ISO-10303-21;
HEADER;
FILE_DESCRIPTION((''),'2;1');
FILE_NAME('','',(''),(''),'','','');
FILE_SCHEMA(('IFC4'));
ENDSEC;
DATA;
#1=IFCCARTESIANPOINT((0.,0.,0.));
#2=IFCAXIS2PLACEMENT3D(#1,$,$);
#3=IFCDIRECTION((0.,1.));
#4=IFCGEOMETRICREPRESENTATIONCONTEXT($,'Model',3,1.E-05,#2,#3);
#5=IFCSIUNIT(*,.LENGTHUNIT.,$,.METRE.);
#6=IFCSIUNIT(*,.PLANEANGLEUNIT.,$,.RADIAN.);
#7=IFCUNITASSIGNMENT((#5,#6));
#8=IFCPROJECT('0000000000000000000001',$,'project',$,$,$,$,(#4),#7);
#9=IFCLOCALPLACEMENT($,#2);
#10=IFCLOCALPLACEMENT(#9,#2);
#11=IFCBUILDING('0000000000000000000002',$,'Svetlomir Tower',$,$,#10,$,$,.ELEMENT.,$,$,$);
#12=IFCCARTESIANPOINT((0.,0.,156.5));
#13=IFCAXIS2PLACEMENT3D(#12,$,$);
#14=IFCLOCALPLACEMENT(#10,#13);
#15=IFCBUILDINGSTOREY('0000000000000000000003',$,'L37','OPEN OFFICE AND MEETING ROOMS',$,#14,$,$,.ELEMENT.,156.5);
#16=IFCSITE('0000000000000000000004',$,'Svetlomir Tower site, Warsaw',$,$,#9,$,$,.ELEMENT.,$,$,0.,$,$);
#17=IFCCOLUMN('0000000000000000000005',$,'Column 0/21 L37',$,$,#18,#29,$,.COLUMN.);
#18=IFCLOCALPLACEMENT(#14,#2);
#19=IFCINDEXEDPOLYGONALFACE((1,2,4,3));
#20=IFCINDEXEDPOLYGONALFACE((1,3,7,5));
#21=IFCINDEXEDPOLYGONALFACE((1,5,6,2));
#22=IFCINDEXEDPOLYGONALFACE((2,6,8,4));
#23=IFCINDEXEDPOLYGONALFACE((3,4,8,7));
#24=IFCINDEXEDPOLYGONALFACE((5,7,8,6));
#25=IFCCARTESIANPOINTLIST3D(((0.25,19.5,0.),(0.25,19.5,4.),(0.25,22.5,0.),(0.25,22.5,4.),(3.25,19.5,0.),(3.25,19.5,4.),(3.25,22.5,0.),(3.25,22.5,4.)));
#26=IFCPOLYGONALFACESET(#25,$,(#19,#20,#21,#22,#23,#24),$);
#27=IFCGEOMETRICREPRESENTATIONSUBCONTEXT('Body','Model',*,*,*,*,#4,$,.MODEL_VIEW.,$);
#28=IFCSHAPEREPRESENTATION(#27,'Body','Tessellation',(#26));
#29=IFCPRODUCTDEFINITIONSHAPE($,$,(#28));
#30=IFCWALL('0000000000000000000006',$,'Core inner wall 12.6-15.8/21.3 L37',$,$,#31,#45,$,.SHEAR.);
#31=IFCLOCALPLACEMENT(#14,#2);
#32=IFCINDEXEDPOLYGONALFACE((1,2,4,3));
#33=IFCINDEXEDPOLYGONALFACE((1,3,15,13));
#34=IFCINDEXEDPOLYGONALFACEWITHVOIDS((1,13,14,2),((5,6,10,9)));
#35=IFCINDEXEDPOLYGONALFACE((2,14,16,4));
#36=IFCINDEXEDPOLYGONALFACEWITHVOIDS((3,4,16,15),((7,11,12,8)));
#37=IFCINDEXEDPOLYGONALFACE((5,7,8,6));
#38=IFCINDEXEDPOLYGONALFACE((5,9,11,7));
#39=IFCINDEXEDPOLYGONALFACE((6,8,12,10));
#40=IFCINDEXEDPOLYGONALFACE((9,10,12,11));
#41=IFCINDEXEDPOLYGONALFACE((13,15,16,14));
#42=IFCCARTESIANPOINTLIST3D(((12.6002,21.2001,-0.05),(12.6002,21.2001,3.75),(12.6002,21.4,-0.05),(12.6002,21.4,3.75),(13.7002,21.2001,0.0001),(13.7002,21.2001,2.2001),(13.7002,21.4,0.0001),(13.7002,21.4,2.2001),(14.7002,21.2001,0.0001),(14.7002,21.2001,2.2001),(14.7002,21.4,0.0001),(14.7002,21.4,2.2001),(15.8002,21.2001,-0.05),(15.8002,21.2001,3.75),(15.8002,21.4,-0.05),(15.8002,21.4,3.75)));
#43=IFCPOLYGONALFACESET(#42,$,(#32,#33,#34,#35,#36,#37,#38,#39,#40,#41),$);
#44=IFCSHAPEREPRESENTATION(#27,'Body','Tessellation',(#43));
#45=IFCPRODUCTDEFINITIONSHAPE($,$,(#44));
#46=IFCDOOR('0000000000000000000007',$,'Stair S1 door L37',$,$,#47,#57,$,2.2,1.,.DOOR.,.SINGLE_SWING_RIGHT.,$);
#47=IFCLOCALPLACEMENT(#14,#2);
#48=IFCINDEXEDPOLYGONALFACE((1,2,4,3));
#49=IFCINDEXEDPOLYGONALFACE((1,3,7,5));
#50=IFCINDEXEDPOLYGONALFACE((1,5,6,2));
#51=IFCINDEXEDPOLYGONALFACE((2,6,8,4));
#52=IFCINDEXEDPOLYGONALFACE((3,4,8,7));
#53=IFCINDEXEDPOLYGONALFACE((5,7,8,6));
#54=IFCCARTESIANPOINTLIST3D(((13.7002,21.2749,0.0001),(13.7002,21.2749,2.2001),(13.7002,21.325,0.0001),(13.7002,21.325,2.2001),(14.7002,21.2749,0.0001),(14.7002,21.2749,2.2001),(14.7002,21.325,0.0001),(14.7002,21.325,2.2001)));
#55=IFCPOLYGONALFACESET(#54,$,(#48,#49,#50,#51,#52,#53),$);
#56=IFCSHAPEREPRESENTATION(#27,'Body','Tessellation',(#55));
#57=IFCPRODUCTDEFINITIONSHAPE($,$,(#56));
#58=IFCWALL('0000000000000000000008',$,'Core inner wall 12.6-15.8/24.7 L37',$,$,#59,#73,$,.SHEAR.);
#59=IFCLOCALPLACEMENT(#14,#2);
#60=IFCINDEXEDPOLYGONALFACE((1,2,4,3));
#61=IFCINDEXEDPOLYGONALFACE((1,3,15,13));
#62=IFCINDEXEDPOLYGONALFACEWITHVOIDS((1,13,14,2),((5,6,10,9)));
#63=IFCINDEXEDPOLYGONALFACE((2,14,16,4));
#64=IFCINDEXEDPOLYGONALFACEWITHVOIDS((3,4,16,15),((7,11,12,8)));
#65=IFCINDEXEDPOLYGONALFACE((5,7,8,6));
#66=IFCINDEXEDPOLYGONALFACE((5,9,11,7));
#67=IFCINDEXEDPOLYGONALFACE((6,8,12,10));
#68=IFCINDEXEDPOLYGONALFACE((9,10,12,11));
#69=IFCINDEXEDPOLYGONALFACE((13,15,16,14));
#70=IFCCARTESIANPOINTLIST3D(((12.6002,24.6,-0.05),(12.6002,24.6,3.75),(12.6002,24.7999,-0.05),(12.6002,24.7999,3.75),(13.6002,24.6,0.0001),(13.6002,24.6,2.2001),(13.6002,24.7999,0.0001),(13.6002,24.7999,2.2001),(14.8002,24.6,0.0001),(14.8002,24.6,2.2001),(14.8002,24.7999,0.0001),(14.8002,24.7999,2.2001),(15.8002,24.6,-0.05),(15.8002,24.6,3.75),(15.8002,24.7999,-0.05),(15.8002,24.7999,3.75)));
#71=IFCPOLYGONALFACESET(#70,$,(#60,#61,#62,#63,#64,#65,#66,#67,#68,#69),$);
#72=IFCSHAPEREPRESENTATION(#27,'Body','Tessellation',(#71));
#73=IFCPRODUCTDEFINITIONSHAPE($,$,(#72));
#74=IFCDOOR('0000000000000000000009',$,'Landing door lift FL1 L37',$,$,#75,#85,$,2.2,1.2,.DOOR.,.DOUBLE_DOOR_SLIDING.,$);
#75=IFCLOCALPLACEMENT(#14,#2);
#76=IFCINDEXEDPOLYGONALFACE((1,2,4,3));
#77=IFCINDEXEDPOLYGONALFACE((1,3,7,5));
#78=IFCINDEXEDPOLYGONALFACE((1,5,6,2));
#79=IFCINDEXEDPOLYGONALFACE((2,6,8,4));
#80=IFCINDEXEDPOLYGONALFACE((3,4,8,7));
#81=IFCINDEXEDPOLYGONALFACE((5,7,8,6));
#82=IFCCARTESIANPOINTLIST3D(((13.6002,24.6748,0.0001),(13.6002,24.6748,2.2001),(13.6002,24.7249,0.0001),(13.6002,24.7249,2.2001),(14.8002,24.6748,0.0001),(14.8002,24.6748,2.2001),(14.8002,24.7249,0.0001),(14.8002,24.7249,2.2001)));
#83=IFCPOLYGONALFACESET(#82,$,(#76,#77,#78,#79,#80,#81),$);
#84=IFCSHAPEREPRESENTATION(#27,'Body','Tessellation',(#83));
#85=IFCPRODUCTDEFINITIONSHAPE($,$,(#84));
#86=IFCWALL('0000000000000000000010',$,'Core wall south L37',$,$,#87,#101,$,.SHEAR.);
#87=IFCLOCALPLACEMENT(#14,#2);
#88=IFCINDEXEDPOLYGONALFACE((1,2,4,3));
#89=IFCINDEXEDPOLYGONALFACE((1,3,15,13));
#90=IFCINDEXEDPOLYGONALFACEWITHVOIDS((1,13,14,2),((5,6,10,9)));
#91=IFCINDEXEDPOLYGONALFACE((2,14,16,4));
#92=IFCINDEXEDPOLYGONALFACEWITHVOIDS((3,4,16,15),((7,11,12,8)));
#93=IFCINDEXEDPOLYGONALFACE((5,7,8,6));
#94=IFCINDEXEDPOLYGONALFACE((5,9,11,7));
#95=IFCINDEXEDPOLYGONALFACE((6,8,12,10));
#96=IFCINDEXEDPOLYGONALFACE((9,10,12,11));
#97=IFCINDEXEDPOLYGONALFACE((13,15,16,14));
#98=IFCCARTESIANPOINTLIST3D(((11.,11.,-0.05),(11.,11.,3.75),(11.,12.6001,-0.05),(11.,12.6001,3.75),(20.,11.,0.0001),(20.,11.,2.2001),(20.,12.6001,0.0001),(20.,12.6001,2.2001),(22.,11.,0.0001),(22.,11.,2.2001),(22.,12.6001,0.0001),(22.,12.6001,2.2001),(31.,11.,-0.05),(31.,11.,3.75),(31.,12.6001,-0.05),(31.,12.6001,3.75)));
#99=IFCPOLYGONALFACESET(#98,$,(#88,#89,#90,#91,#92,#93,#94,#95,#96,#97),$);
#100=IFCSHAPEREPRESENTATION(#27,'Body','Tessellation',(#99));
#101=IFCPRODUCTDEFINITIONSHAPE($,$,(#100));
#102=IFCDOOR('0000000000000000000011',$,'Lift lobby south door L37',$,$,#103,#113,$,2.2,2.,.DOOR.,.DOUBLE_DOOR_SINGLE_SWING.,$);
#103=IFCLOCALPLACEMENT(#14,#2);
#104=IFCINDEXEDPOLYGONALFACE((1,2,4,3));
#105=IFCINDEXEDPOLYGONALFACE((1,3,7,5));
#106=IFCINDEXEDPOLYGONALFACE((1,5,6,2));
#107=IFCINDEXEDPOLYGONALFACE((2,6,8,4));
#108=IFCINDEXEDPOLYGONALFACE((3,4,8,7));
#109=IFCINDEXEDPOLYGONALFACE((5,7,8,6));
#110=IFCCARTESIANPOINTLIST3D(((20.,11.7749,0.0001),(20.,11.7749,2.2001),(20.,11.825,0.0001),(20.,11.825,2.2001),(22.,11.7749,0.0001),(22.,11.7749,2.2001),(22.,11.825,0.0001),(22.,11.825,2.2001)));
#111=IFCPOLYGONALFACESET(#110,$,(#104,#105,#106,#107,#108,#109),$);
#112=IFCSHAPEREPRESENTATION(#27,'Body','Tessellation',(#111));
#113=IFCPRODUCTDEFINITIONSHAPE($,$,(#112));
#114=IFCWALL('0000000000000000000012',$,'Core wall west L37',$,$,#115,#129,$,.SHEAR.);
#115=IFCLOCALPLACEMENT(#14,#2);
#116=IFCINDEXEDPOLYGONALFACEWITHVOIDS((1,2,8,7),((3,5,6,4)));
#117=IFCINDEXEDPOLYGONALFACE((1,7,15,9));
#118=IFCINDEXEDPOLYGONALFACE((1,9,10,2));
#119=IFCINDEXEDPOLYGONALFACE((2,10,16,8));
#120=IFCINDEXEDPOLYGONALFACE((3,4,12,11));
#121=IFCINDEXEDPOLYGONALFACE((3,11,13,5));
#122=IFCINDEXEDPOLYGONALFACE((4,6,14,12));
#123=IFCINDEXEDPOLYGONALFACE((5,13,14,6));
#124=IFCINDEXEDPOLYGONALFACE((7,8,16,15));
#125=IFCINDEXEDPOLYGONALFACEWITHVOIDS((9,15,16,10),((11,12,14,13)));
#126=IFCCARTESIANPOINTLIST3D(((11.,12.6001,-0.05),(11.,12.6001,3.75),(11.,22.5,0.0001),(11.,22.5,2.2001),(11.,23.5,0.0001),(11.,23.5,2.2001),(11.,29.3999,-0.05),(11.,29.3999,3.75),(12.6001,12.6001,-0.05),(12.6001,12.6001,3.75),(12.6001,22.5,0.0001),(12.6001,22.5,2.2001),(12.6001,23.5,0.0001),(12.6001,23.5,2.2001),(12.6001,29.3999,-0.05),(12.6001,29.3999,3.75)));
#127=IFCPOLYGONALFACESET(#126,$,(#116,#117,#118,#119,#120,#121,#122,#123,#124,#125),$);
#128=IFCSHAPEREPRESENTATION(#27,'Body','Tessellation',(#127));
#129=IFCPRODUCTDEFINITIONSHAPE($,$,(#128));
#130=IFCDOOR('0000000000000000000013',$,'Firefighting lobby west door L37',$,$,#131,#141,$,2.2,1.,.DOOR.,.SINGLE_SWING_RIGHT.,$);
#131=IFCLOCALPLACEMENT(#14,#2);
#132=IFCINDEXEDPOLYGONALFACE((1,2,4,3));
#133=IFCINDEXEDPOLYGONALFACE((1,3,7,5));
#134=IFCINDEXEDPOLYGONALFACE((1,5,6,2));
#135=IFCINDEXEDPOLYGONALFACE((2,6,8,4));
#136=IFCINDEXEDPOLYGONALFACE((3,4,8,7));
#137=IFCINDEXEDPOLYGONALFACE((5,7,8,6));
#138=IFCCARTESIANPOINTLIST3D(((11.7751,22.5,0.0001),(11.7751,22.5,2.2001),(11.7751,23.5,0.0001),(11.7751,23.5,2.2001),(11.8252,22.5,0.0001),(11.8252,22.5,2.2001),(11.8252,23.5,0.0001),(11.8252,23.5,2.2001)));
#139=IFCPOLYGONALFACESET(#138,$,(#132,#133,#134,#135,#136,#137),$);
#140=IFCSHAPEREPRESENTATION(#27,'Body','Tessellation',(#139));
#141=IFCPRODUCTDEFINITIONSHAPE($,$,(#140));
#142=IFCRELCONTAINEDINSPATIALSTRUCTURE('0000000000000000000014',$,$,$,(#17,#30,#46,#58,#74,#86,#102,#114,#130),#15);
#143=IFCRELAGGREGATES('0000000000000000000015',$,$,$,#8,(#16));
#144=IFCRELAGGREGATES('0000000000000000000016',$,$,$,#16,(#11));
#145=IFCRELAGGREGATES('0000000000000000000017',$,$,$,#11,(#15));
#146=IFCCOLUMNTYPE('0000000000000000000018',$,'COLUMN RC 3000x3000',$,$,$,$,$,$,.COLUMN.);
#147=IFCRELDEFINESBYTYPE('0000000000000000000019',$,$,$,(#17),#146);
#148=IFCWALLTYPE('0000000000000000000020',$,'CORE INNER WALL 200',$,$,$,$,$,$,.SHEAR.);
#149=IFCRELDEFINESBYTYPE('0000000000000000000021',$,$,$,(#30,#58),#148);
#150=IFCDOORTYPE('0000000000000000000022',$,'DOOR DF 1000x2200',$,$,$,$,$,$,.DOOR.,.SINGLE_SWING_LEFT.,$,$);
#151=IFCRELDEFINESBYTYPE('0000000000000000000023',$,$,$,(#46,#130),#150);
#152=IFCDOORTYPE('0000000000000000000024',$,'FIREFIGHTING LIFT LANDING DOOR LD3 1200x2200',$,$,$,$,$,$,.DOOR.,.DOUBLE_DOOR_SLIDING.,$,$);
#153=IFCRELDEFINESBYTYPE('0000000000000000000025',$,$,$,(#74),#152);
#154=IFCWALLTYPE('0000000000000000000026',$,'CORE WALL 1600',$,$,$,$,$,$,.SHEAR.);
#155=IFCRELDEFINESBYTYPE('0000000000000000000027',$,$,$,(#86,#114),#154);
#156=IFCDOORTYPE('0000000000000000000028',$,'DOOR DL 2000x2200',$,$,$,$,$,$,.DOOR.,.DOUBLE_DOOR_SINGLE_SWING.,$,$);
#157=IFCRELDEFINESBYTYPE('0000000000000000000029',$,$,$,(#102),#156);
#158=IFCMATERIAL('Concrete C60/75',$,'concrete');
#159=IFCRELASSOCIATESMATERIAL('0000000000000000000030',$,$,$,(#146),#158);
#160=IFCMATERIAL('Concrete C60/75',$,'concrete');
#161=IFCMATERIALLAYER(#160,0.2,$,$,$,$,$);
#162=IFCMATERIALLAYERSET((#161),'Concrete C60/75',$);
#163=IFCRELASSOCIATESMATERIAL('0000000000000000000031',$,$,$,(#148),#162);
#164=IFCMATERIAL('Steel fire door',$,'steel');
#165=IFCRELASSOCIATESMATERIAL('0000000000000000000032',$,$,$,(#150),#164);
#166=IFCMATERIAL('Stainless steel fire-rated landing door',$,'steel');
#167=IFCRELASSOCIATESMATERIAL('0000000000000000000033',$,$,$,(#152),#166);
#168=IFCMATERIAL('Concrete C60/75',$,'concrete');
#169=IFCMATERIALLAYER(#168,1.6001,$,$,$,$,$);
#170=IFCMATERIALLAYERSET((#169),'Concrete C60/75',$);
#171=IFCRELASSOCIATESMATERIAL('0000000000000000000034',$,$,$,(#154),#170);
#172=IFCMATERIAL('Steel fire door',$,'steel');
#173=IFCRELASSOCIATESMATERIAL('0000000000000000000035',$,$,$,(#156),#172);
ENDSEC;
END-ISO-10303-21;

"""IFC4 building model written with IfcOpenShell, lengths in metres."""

from ifc_helpers import new_model, si_unit, direction, frame, frame_2d, origin, origin_2d, place, context, subcontext, project, spatial, rectangle, extrude, material, layer, layer_set, material_profile, profile_set, type_object, element, fill, save


model = new_model("IFC4")

# Units and contexts
model_context = context("Model", 3, precision=1e-05, world=origin(), true_north=direction((0.0, 1.0)))
body_context = subcontext(model_context, "Body", "Model", "MODEL_VIEW")
ifc_project = project(units=[si_unit("LENGTHUNIT", "METRE"), si_unit("PLANEANGLEUNIT", "RADIAN")], contexts=[model_context])

# Site, building, storey
site_placement = place(None, origin())
site = spatial("IfcSite", under=ifc_project, at=site_placement, Name="Svetlomir Tower site, Warsaw", CompositionType="ELEMENT", RefElevation=0.0)
building_placement = place(site_placement, origin())
building = spatial("IfcBuilding", under=site, at=building_placement, Name="Svetlomir Tower", CompositionType="ELEMENT")
storey_placement = place(building_placement, frame((0.0, 0.0, 156.5)))
storey = spatial("IfcBuildingStorey", under=building, at=storey_placement, Name="L37", Description="OPEN OFFICE AND MEETING ROOMS", CompositionType="ELEMENT", Elevation=156.5)

# Column
ifc_material_1 = material(Name="Concrete C60/75", Category="concrete")
ifc_material_profile = material_profile(ifc_material_1, rectangle(XDim=3.0, YDim=3.0, at=origin_2d()), Name="RC 3000x3000")
ifc_profile_set = profile_set([ifc_material_profile], Name="Concrete C60/75")
column_type = type_object("IfcColumnType", Name="COLUMN RC 3000x3000", PredefinedType="COLUMN", material=ifc_profile_set)
column_placement = place(storey_placement, frame((1.75, 21.0, 0.0), z_axis=(0.0, 0.0, 1.0), x_axis=(1.0, 0.0, 0.0)))
element("IfcColumn", 1, at=column_placement, inside=storey, type_object=column_type, Name="Column 0/21 L37", PredefinedType="COLUMN", context=body_context, shape_type="SweptSolid", body=[
    extrude(rectangle(XDim=3.0, YDim=3.0, at=origin_2d()), origin(), (0.0, 0.0, 1.0), 4.0),
])

# Walls, openings, doors
ifc_material_2 = material(Name="Concrete C60/75", Category="concrete")
ifc_layer_1 = layer(ifc_material_2, 0.2)
ifc_layer_set_1 = layer_set([ifc_layer_1], Name="Concrete C60/75")
wall_type_1 = type_object("IfcWallType", Name="CORE INNER WALL 200", PredefinedType="SHEAR", material=ifc_layer_set_1)
wall_1_placement = place(storey_placement, frame((12.6001, 21.3, -0.05), z_axis=(0.0, 0.0, 1.0), x_axis=(1.0, 0.0, 0.0)))
wall_1 = element("IfcWall", 2, at=wall_1_placement, inside=storey, type_object=wall_type_1, Name="Core inner wall 12.6-15.8/21.3 L37", PredefinedType="SHEAR", context=body_context, shape_type="SweptSolid", body=[
    extrude(rectangle(XDim=3.2, YDim=0.2, at=frame_2d((1.6001, 0.0))), origin(), (0.0, 0.0, 1.0), 3.8),
])
opening_1_placement = place(wall_1_placement, frame((1.1001, 0.0, 0.05)))
opening_1 = element("IfcOpeningElement", 3, at=opening_1_placement, cuts=wall_1, PredefinedType="OPENING", context=body_context, shape_type="SweptSolid", body=[
    extrude(rectangle(XDim=1.0, YDim=2.2, at=frame_2d((0.5, 1.1001))), frame((0.0, 0.1099, 0.0), z_axis=(0.0, -1.0, 0.0), x_axis=(1.0, 0.0, 0.0)), (0.0, 0.0, 1.0), 0.22),
])
ifc_material_3 = material(Name="Steel fire door", Category="steel")
door_type_1 = type_object("IfcDoorType", Name="DOOR DF 1000x2200", OperationType="SINGLE_SWING_LEFT", PredefinedType="DOOR", material=ifc_material_3)
door_1_placement = place(opening_1_placement, origin())
door_1 = element("IfcDoor", 4, at=door_1_placement, inside=storey, type_object=door_type_1, Name="Stair S1 door L37", OperationType="SINGLE_SWING_RIGHT", OverallHeight=2.2, OverallWidth=1.0, PredefinedType="DOOR", context=body_context, shape_type="SweptSolid", body=[
    extrude(rectangle(XDim=1.0, YDim=2.2, at=frame_2d((0.5, 1.1001))), frame((0.0, 0.0249, 0.0), z_axis=(0.0, -1.0, 0.0), x_axis=(1.0, 0.0, 0.0)), (0.0, 0.0, 1.0), 0.05),
])
fill(opening_1, door_1)
wall_2_placement = place(storey_placement, frame((12.6001, 24.7, -0.05), z_axis=(0.0, 0.0, 1.0), x_axis=(1.0, 0.0, 0.0)))
wall_2 = element("IfcWall", 5, at=wall_2_placement, inside=storey, type_object=wall_type_1, Name="Core inner wall 12.6-15.8/24.7 L37", PredefinedType="SHEAR", context=body_context, shape_type="SweptSolid", body=[
    extrude(rectangle(XDim=3.2, YDim=0.2, at=frame_2d((1.6001, 0.0))), origin(), (0.0, 0.0, 1.0), 3.8),
])
opening_2_placement = place(wall_2_placement, frame((1.0, 0.0, 0.05)))
opening_2 = element("IfcOpeningElement", 6, at=opening_2_placement, cuts=wall_2, PredefinedType="OPENING", context=body_context, shape_type="SweptSolid", body=[
    extrude(rectangle(XDim=1.2, YDim=2.2, at=frame_2d((0.6001, 1.1001))), frame((0.0, 0.1099, 0.0), z_axis=(0.0, -1.0, 0.0), x_axis=(1.0, 0.0, 0.0)), (0.0, 0.0, 1.0), 0.22),
])
ifc_material_4 = material(Name="Stainless steel fire-rated landing door", Category="steel")
door_type_2 = type_object("IfcDoorType", Name="FIREFIGHTING LIFT LANDING DOOR LD3 1200x2200", OperationType="DOUBLE_DOOR_SLIDING", PredefinedType="DOOR", material=ifc_material_4)
door_2_placement = place(opening_2_placement, origin())
door_2 = element("IfcDoor", 7, at=door_2_placement, inside=storey, type_object=door_type_2, Name="Landing door lift FL1 L37", OperationType="DOUBLE_DOOR_SLIDING", OverallHeight=2.2, OverallWidth=1.2, PredefinedType="DOOR", context=body_context, shape_type="SweptSolid", body=[
    extrude(rectangle(XDim=1.2, YDim=2.2, at=frame_2d((0.6001, 1.1001))), frame((0.0, 0.0249, 0.0), z_axis=(0.0, -1.0, 0.0), x_axis=(1.0, 0.0, 0.0)), (0.0, 0.0, 1.0), 0.05),
])
fill(opening_2, door_2)
ifc_material_5 = material(Name="Concrete C60/75", Category="concrete")
ifc_layer_2 = layer(ifc_material_5, 1.6001)
ifc_layer_set_2 = layer_set([ifc_layer_2], Name="Concrete C60/75")
wall_type_2 = type_object("IfcWallType", Name="CORE WALL 1600", PredefinedType="SHEAR", material=ifc_layer_set_2)
wall_3_placement = place(storey_placement, frame((11.0, 11.8, -0.05), z_axis=(0.0, 0.0, 1.0), x_axis=(1.0, 0.0, 0.0)))
wall_3 = element("IfcWall", 8, at=wall_3_placement, inside=storey, type_object=wall_type_2, Name="Core wall south L37", PredefinedType="SHEAR", context=body_context, shape_type="SweptSolid", body=[
    extrude(rectangle(XDim=20.0, YDim=1.6001, at=frame_2d((10.0, 0.0))), origin(), (0.0, 0.0, 1.0), 3.8),
])
opening_3_placement = place(wall_3_placement, frame((9.0, 0.0, 0.05)))
opening_3 = element("IfcOpeningElement", 9, at=opening_3_placement, cuts=wall_3, PredefinedType="OPENING", context=body_context, shape_type="SweptSolid", body=[
    extrude(rectangle(XDim=2.0, YDim=2.2, at=frame_2d((1.0, 1.1001))), frame((0.0, 0.8101, 0.0), z_axis=(0.0, -1.0, 0.0), x_axis=(1.0, 0.0, 0.0)), (0.0, 0.0, 1.0), 1.6201),
])
ifc_material_6 = material(Name="Steel fire door", Category="steel")
door_type_3 = type_object("IfcDoorType", Name="DOOR DL 2000x2200", OperationType="DOUBLE_DOOR_SINGLE_SWING", PredefinedType="DOOR", material=ifc_material_6)
door_3_placement = place(opening_3_placement, origin())
door_3 = element("IfcDoor", 10, at=door_3_placement, inside=storey, type_object=door_type_3, Name="Lift lobby south door L37", OperationType="DOUBLE_DOOR_SINGLE_SWING", OverallHeight=2.2, OverallWidth=2.0, PredefinedType="DOOR", context=body_context, shape_type="SweptSolid", body=[
    extrude(rectangle(XDim=2.0, YDim=2.2, at=frame_2d((1.0, 1.1001))), frame((0.0, 0.0249, 0.0), z_axis=(0.0, -1.0, 0.0), x_axis=(1.0, 0.0, 0.0)), (0.0, 0.0, 1.0), 0.05),
])
fill(opening_3, door_3)
wall_4_placement = place(storey_placement, frame((11.8, 12.6001, -0.05), z_axis=(0.0, 0.0, 1.0), x_axis=(0.0, 1.0, 0.0)))
wall_4 = element("IfcWall", 11, at=wall_4_placement, inside=storey, type_object=wall_type_2, Name="Core wall west L37", PredefinedType="SHEAR", context=body_context, shape_type="SweptSolid", body=[
    extrude(rectangle(XDim=16.7998, YDim=1.6001, at=frame_2d((8.3999, 0.0))), origin(), (0.0, 0.0, 1.0), 3.8),
])
opening_4_placement = place(wall_4_placement, frame((9.8999, 0.0, 0.05)))
opening_4 = element("IfcOpeningElement", 12, at=opening_4_placement, cuts=wall_4, PredefinedType="OPENING", context=body_context, shape_type="SweptSolid", body=[
    extrude(rectangle(XDim=1.0, YDim=2.2, at=frame_2d((0.5, 1.1001))), frame((0.0, 0.8101, 0.0), z_axis=(0.0, -1.0, 0.0), x_axis=(1.0, 0.0, 0.0)), (0.0, 0.0, 1.0), 1.6201),
])
door_4_placement = place(opening_4_placement, origin())
door_4 = element("IfcDoor", 13, at=door_4_placement, inside=storey, type_object=door_type_1, Name="Firefighting lobby west door L37", OperationType="SINGLE_SWING_RIGHT", OverallHeight=2.2, OverallWidth=1.0, PredefinedType="DOOR", context=body_context, shape_type="SweptSolid", body=[
    extrude(rectangle(XDim=1.0, YDim=2.2, at=frame_2d((0.5, 1.1001))), frame((0.0, 0.0249, 0.0), z_axis=(0.0, -1.0, 0.0), x_axis=(1.0, 0.0, 0.0)), (0.0, 0.0, 1.0), 0.05),
])
fill(opening_4, door_4)

save(model, "model.ifc")
